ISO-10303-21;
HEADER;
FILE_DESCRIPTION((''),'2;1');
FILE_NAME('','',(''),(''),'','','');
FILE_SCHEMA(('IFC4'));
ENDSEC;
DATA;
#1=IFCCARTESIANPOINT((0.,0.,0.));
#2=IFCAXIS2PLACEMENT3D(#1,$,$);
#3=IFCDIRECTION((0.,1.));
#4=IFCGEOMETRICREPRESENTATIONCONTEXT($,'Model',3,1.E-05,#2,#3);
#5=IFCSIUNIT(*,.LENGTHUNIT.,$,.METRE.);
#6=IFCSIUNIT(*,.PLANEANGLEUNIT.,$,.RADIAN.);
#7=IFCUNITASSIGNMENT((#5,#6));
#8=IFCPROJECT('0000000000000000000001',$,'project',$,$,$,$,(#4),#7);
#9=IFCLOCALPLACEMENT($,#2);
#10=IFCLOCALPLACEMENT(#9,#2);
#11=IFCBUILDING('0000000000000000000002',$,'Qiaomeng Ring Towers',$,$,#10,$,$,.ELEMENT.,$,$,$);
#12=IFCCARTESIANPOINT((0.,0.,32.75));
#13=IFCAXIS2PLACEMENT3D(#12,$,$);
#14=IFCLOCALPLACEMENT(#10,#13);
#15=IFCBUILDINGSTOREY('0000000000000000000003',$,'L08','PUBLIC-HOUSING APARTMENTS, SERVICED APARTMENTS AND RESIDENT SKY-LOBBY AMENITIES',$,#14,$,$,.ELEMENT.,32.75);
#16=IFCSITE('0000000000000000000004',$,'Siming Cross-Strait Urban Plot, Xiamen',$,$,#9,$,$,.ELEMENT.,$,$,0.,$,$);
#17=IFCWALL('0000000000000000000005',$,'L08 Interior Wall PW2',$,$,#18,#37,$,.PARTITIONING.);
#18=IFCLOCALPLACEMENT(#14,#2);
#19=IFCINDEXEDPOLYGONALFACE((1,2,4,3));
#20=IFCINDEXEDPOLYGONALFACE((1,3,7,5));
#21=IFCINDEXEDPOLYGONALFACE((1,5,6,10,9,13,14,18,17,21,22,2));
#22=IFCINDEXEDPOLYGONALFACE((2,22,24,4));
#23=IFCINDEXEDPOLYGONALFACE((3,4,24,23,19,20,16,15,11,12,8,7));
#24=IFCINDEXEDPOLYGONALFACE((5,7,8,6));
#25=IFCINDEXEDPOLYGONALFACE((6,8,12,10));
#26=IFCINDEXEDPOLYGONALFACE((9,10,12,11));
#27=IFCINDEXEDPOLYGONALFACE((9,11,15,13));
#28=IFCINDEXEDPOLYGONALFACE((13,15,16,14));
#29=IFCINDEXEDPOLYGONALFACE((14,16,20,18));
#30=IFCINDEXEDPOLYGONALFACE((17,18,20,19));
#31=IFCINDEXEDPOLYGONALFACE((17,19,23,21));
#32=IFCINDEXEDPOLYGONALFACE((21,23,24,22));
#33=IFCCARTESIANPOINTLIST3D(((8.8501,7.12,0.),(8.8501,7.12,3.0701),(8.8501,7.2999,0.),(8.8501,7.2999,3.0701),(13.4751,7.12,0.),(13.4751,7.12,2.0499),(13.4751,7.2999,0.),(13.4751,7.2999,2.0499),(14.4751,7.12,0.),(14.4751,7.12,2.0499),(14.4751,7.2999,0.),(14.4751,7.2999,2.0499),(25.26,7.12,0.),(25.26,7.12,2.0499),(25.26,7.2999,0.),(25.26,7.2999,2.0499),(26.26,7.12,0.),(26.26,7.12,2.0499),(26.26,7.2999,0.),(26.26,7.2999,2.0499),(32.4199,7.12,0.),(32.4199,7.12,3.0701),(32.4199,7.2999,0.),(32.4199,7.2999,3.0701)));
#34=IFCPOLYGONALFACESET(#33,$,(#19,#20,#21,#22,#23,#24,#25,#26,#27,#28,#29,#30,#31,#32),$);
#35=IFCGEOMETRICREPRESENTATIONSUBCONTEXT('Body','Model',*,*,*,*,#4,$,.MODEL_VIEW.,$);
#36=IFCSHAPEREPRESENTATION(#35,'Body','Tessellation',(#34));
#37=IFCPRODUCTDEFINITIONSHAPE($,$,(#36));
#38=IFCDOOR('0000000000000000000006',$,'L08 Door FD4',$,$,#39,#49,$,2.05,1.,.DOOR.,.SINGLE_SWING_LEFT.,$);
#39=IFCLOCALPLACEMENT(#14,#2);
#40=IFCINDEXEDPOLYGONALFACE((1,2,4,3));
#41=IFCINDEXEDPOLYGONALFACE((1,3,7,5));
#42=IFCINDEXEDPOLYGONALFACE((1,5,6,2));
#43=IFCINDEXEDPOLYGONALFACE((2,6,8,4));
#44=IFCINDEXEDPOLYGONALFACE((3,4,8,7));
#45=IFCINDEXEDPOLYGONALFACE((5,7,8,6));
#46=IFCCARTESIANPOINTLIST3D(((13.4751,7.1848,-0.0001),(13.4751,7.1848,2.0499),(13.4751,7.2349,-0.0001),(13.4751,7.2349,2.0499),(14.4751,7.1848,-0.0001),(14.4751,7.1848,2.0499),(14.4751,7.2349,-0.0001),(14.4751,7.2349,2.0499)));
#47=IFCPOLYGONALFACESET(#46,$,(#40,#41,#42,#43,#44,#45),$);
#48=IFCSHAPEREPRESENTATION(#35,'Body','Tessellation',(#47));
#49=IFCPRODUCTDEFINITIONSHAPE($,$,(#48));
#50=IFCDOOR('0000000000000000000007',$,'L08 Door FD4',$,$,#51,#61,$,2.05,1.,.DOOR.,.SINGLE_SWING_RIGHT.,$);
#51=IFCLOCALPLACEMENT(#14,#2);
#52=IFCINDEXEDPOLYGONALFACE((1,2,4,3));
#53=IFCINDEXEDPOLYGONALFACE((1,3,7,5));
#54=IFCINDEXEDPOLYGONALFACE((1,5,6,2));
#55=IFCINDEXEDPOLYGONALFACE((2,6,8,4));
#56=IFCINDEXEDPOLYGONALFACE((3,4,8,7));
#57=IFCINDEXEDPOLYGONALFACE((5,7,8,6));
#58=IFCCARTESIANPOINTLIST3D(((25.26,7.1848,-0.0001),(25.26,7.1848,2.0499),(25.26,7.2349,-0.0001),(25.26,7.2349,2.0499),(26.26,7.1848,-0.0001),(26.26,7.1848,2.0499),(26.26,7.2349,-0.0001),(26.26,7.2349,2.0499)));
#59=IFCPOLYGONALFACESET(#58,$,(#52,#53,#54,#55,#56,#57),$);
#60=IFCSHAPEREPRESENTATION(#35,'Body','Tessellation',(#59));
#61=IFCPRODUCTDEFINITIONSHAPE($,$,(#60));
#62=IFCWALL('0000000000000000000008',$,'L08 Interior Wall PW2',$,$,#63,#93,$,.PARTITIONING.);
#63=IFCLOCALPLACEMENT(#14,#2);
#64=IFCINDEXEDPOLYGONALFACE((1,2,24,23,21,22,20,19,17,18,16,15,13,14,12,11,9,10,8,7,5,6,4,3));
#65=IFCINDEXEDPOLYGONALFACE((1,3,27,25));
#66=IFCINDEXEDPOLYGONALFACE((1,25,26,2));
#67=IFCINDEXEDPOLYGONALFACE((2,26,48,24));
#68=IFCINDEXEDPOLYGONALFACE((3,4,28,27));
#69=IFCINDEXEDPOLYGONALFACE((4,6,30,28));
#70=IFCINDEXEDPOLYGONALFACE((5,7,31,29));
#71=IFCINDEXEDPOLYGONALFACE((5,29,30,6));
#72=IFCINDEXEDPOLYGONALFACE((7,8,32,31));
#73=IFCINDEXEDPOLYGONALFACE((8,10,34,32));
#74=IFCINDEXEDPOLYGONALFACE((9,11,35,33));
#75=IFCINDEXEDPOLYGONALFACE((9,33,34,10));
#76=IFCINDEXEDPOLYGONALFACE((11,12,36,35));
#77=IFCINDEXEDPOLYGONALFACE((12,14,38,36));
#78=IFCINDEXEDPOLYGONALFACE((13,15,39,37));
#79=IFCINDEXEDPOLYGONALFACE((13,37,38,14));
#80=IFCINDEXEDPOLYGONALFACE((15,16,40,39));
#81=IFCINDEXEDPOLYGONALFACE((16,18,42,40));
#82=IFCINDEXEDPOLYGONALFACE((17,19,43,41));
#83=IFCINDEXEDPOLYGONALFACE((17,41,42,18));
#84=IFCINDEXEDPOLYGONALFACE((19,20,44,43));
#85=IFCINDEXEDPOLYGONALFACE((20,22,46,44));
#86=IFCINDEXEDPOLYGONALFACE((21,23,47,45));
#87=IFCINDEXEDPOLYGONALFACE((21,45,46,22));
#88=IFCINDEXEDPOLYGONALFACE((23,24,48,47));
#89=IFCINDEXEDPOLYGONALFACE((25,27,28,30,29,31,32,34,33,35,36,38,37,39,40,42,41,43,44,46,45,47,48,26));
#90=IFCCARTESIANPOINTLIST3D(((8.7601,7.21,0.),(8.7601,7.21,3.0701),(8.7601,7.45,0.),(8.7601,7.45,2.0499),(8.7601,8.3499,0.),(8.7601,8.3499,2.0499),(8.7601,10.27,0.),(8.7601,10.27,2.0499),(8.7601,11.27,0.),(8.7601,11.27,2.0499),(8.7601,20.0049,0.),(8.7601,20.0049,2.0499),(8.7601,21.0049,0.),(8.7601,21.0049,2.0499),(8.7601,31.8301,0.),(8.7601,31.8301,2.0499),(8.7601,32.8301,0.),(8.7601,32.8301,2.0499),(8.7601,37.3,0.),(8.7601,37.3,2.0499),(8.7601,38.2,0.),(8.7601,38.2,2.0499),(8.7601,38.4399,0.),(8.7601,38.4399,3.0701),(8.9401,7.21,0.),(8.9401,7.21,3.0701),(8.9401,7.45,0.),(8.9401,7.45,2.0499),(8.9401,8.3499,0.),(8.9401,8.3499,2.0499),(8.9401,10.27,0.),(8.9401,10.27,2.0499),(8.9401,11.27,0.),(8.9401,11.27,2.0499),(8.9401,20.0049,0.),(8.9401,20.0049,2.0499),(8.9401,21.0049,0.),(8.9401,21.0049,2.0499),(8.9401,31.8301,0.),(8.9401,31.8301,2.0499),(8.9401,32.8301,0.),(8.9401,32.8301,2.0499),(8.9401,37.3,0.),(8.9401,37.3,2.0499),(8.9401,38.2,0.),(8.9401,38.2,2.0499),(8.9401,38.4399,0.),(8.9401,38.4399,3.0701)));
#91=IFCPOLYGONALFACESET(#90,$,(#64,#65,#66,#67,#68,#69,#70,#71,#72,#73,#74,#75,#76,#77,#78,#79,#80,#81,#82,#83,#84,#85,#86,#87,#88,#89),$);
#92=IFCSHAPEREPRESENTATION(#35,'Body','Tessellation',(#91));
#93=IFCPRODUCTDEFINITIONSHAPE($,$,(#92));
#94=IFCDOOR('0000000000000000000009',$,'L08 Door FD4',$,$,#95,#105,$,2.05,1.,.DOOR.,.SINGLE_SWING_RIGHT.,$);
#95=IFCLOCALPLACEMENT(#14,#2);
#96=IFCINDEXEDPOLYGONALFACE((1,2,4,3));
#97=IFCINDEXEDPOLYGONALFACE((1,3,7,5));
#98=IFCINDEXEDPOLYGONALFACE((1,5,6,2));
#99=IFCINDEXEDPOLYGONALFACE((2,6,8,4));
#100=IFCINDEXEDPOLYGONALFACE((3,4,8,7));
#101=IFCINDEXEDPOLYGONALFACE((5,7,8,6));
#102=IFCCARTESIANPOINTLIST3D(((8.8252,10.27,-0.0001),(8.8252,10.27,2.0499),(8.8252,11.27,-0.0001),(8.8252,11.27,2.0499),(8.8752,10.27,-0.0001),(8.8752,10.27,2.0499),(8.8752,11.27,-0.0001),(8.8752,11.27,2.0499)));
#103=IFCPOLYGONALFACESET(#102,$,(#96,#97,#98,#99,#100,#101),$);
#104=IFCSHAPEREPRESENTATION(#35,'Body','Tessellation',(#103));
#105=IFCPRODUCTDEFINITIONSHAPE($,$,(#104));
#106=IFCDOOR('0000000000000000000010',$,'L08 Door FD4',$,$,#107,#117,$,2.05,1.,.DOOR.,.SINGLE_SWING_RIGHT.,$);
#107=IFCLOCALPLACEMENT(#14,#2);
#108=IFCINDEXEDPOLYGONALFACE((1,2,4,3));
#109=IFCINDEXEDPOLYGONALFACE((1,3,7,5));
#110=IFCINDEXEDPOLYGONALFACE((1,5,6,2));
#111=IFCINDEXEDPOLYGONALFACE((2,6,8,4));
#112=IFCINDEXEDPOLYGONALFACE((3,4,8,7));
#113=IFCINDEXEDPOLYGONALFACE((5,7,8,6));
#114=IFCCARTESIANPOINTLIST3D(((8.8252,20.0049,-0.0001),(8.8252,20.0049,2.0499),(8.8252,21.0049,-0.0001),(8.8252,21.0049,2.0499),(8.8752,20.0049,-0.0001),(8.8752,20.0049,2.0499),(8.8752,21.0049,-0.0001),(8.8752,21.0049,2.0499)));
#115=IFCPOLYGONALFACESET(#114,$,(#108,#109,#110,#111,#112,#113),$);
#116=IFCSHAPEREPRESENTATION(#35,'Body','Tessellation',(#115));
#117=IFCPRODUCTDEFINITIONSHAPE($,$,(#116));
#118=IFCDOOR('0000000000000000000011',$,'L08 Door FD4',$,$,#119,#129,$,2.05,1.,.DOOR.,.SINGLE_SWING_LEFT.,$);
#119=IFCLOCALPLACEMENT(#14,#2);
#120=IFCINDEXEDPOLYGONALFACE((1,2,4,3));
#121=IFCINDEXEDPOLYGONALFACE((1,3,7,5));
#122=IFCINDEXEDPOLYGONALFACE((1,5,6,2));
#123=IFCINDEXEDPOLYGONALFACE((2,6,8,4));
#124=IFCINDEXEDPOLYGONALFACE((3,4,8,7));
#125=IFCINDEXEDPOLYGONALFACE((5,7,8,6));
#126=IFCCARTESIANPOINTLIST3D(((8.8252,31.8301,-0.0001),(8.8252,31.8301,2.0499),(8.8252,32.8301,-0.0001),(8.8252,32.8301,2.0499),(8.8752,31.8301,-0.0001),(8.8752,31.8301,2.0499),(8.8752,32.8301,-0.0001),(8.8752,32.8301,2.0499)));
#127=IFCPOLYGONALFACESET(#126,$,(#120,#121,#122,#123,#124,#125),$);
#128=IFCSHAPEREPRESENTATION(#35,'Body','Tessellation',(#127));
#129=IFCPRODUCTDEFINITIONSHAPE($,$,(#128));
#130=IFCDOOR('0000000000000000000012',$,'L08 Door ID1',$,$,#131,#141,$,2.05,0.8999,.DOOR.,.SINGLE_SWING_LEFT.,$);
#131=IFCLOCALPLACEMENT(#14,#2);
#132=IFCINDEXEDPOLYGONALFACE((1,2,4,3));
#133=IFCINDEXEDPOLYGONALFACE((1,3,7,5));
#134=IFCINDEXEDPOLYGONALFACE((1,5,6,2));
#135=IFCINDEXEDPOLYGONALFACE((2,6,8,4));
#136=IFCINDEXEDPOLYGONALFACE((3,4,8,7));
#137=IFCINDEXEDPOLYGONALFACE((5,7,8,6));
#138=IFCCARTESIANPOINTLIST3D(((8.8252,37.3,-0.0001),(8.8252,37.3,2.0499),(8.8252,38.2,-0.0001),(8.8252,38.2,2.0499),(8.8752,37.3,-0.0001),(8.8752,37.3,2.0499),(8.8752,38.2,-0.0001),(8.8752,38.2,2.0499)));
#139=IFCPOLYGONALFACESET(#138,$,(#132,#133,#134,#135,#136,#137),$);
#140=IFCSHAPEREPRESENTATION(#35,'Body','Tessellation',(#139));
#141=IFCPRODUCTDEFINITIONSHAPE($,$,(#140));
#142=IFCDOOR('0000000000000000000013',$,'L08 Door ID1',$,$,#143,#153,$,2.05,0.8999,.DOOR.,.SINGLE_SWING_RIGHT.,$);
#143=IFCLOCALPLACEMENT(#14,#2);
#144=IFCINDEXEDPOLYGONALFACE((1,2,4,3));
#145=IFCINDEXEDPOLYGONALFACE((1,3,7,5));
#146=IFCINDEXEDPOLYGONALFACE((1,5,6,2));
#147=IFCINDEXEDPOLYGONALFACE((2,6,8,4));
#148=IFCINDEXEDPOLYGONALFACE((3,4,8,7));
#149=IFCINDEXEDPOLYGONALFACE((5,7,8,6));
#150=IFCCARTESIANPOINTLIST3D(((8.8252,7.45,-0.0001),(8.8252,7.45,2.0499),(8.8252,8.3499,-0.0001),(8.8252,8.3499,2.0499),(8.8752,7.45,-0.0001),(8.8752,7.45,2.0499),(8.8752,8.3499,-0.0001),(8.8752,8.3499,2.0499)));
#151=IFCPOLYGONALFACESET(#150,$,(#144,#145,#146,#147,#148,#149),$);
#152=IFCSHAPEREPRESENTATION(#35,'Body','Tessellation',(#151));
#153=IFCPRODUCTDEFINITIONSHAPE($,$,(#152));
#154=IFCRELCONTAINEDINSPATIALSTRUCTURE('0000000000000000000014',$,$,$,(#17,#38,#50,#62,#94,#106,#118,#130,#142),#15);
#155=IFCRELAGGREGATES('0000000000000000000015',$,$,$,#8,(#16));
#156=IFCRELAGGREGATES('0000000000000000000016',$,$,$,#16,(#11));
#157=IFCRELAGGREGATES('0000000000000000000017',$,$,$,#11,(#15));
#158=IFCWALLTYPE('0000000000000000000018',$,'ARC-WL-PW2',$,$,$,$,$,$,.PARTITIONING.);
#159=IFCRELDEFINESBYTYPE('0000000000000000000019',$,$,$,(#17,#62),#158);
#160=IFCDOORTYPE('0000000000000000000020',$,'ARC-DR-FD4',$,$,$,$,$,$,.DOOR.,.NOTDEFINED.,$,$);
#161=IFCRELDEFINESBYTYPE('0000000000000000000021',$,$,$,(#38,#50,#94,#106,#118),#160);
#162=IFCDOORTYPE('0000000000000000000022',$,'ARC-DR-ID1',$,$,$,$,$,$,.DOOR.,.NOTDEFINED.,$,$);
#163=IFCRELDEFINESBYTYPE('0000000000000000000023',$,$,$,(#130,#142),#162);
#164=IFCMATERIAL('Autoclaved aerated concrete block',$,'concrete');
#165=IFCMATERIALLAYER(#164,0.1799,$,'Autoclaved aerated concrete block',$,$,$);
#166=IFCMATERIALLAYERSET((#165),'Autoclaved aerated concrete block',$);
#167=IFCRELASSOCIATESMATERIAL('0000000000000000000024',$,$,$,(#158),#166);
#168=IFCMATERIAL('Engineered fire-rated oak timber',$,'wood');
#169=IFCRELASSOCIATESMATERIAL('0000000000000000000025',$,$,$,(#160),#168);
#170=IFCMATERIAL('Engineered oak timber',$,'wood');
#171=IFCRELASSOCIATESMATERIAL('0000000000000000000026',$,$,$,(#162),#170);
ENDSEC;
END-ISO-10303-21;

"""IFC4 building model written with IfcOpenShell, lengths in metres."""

from ifc_helpers import new_model, si_unit, direction, frame, frame_2d, origin, place, context, subcontext, project, spatial, rectangle, extrude, source, transform, mapped, material, layer, layer_set, type_object, element, fill, save


model = new_model("IFC4")

# Units and contexts
model_context = context("Model", 3, precision=1e-05, world=origin(), true_north=direction((0.0, 1.0)))
body_context = subcontext(model_context, "Body", "Model", "MODEL_VIEW")
ifc_project = project(units=[si_unit("LENGTHUNIT", "METRE"), si_unit("PLANEANGLEUNIT", "RADIAN")], contexts=[model_context])

# Site, building, storey
site_placement = place(None, origin())
site = spatial("IfcSite", under=ifc_project, at=site_placement, Name="Siming Cross-Strait Urban Plot, Xiamen", CompositionType="ELEMENT", RefElevation=0.0)
building_placement = place(site_placement, origin())
building = spatial("IfcBuilding", under=site, at=building_placement, Name="Qiaomeng Ring Towers", CompositionType="ELEMENT")
storey_placement = place(building_placement, frame((0.0, 0.0, 32.75)))
storey = spatial("IfcBuildingStorey", under=building, at=storey_placement, Name="L08", Description="PUBLIC-HOUSING APARTMENTS, SERVICED APARTMENTS AND RESIDENT SKY-LOBBY AMENITIES", CompositionType="ELEMENT", Elevation=32.75)

# Walls, openings, doors
ifc_material_1 = material(Name="Autoclaved aerated concrete block", Category="concrete")
ifc_layer_1 = layer(ifc_material_1, 0.1799, Name="Autoclaved aerated concrete block")
ifc_layer_set_1 = layer_set([ifc_layer_1], Name="Autoclaved aerated concrete block")
wall_type_1 = type_object("IfcWallType", Name="ARC-WL-PW2", PredefinedType="PARTITIONING", material=ifc_layer_set_1)
wall_1_placement = place(storey_placement, frame((8.8501, 7.21, 0.0), z_axis=(0.0, 0.0, 1.0), x_axis=(1.0, 0.0, 0.0)))
wall_1 = element("IfcWall", 1, at=wall_1_placement, inside=storey, type_object=wall_type_1, Name="L08 Interior Wall PW2", PredefinedType="PARTITIONING", context=body_context, shape_type="SweptSolid", body=[
    extrude(rectangle(XDim=23.5698, YDim=0.1799, at=frame_2d((11.7849, 0.0))), origin(), (0.0, 0.0, 1.0), 3.0701),
])
opening_1_placement = place(wall_1_placement, frame((4.625, 0.0, 0.0)))
opening_1 = element("IfcOpeningElement", 2, at=opening_1_placement, cuts=wall_1, PredefinedType="OPENING", context=body_context, shape_type="SweptSolid", body=[
    extrude(rectangle(XDim=1.0, YDim=2.05, at=frame_2d((0.5, 1.0249))), frame((0.0, 0.0999, 0.0), z_axis=(0.0, -1.0, 0.0), x_axis=(1.0, 0.0, 0.0)), (0.0, 0.0, 1.0), 0.2),
])
opening_2_placement = place(wall_1_placement, frame((16.4099, 0.0, 0.0)))
opening_2 = element("IfcOpeningElement", 3, at=opening_2_placement, cuts=wall_1, PredefinedType="OPENING", context=body_context, shape_type="SweptSolid", body=[
    extrude(rectangle(XDim=1.0, YDim=2.05, at=frame_2d((0.5, 1.0249))), frame((0.0, 0.0999, 0.0), z_axis=(0.0, -1.0, 0.0), x_axis=(1.0, 0.0, 0.0)), (0.0, 0.0, 1.0), 0.2),
])
ifc_material_2 = material(Name="Engineered fire-rated oak timber", Category="wood")
door_type_1 = type_object("IfcDoorType", Name="ARC-DR-FD4", OperationType="NOTDEFINED", PredefinedType="DOOR", material=ifc_material_2)
shared_shape_1 = source(origin(), body_context, "Body", "SweptSolid", [
    extrude(rectangle(XDim=1.0, YDim=2.05, at=frame_2d((0.5, 1.0249))), frame((0.0, 0.0249, 0.0), z_axis=(0.0, -1.0, 0.0), x_axis=(1.0, 0.0, 0.0)), (0.0, 0.0, 1.0), 0.05),
])
door_1_placement = place(opening_1_placement, origin())
door_1 = element("IfcDoor", 4, at=door_1_placement, inside=storey, type_object=door_type_1, Name="L08 Door FD4", OperationType="SINGLE_SWING_LEFT", OverallHeight=2.05, OverallWidth=1.0, PredefinedType="DOOR", context=body_context, shape_type="MappedRepresentation", body=[
    mapped(shared_shape_1, transform((0.0, 0.0, 0.0), x_axis=(1.0, 0.0, 0.0), y_axis=(0.0, 1.0, 0.0), z_axis=(0.0, 0.0, 1.0), scale=1.0)),
])
fill(opening_1, door_1)
door_2_placement = place(opening_2_placement, origin())
door_2 = element("IfcDoor", 5, at=door_2_placement, inside=storey, type_object=door_type_1, Name="L08 Door FD4", OperationType="SINGLE_SWING_RIGHT", OverallHeight=2.05, OverallWidth=1.0, PredefinedType="DOOR", context=body_context, shape_type="MappedRepresentation", body=[
    mapped(shared_shape_1, transform((0.0, 0.0, 0.0), x_axis=(1.0, 0.0, 0.0), y_axis=(0.0, 1.0, 0.0), z_axis=(0.0, 0.0, 1.0), scale=1.0)),
])
fill(opening_2, door_2)
wall_2_placement = place(storey_placement, frame((8.8501, 7.21, 0.0), z_axis=(0.0, 0.0, 1.0), x_axis=(0.0, 1.0, 0.0)))
wall_2 = element("IfcWall", 6, at=wall_2_placement, inside=storey, type_object=wall_type_1, Name="L08 Interior Wall PW2", PredefinedType="PARTITIONING", context=body_context, shape_type="SweptSolid", body=[
    extrude(rectangle(XDim=31.23, YDim=0.1799, at=frame_2d((15.615, 0.0))), origin(), (0.0, 0.0, 1.0), 3.0701),
])
opening_3_placement = place(wall_2_placement, frame((30.0901, 0.0, 0.0)))
opening_3 = element("IfcOpeningElement", 7, at=opening_3_placement, cuts=wall_2, PredefinedType="OPENING", context=body_context, shape_type="SweptSolid", body=[
    extrude(rectangle(XDim=0.8999, YDim=2.05, at=frame_2d((0.45, 1.0249))), frame((0.0, 0.0999, 0.0), z_axis=(0.0, -1.0, 0.0), x_axis=(1.0, 0.0, 0.0)), (0.0, 0.0, 1.0), 0.2),
])
opening_4_placement = place(wall_2_placement, frame((0.24, 0.0, 0.0)))
opening_4 = element("IfcOpeningElement", 8, at=opening_4_placement, cuts=wall_2, PredefinedType="OPENING", context=body_context, shape_type="SweptSolid", body=[
    extrude(rectangle(XDim=0.8999, YDim=2.05, at=frame_2d((0.45, 1.0249))), frame((0.0, 0.0999, 0.0), z_axis=(0.0, -1.0, 0.0), x_axis=(1.0, 0.0, 0.0)), (0.0, 0.0, 1.0), 0.2),
])
opening_5_placement = place(wall_2_placement, frame((3.0601, 0.0, 0.0)))
opening_5 = element("IfcOpeningElement", 9, at=opening_5_placement, cuts=wall_2, PredefinedType="OPENING", context=body_context, shape_type="SweptSolid", body=[
    extrude(rectangle(XDim=1.0, YDim=2.05, at=frame_2d((0.5, 1.0249))), frame((0.0, 0.0999, 0.0), z_axis=(0.0, -1.0, 0.0), x_axis=(1.0, 0.0, 0.0)), (0.0, 0.0, 1.0), 0.2),
])
opening_6_placement = place(wall_2_placement, frame((12.7949, 0.0, 0.0)))
opening_6 = element("IfcOpeningElement", 10, at=opening_6_placement, cuts=wall_2, PredefinedType="OPENING", context=body_context, shape_type="SweptSolid", body=[
    extrude(rectangle(XDim=1.0, YDim=2.05, at=frame_2d((0.5, 1.0249))), frame((0.0, 0.0999, 0.0), z_axis=(0.0, -1.0, 0.0), x_axis=(1.0, 0.0, 0.0)), (0.0, 0.0, 1.0), 0.2),
])
opening_7_placement = place(wall_2_placement, frame((24.6201, 0.0, 0.0)))
opening_7 = element("IfcOpeningElement", 11, at=opening_7_placement, cuts=wall_2, PredefinedType="OPENING", context=body_context, shape_type="SweptSolid", body=[
    extrude(rectangle(XDim=1.0, YDim=2.05, at=frame_2d((0.5, 1.0249))), frame((0.0, 0.0999, 0.0), z_axis=(0.0, -1.0, 0.0), x_axis=(1.0, 0.0, 0.0)), (0.0, 0.0, 1.0), 0.2),
])
door_3_placement = place(opening_5_placement, origin())
door_3 = element("IfcDoor", 12, at=door_3_placement, inside=storey, type_object=door_type_1, Name="L08 Door FD4", OperationType="SINGLE_SWING_RIGHT", OverallHeight=2.05, OverallWidth=1.0, PredefinedType="DOOR", context=body_context, shape_type="MappedRepresentation", body=[
    mapped(shared_shape_1, transform((0.0, 0.0, 0.0), x_axis=(1.0, 0.0, 0.0), y_axis=(0.0, 1.0, 0.0), z_axis=(0.0, 0.0, 1.0), scale=1.0)),
])
fill(opening_5, door_3)
door_4_placement = place(opening_6_placement, origin())
door_4 = element("IfcDoor", 13, at=door_4_placement, inside=storey, type_object=door_type_1, Name="L08 Door FD4", OperationType="SINGLE_SWING_RIGHT", OverallHeight=2.05, OverallWidth=1.0, PredefinedType="DOOR", context=body_context, shape_type="MappedRepresentation", body=[
    mapped(shared_shape_1, transform((0.0, 0.0, 0.0), x_axis=(1.0, 0.0, 0.0), y_axis=(0.0, 1.0, 0.0), z_axis=(0.0, 0.0, 1.0), scale=1.0)),
])
fill(opening_6, door_4)
door_5_placement = place(opening_7_placement, origin())
door_5 = element("IfcDoor", 14, at=door_5_placement, inside=storey, type_object=door_type_1, Name="L08 Door FD4", OperationType="SINGLE_SWING_LEFT", OverallHeight=2.05, OverallWidth=1.0, PredefinedType="DOOR", context=body_context, shape_type="MappedRepresentation", body=[
    mapped(shared_shape_1, transform((0.0, 0.0, 0.0), x_axis=(1.0, 0.0, 0.0), y_axis=(0.0, 1.0, 0.0), z_axis=(0.0, 0.0, 1.0), scale=1.0)),
])
fill(opening_7, door_5)
ifc_material_3 = material(Name="Engineered oak timber", Category="wood")
door_type_2 = type_object("IfcDoorType", Name="ARC-DR-ID1", OperationType="NOTDEFINED", PredefinedType="DOOR", material=ifc_material_3)
shared_shape_2 = source(origin(), body_context, "Body", "SweptSolid", [
    extrude(rectangle(XDim=0.8999, YDim=2.05, at=frame_2d((0.45, 1.0249))), frame((0.0, 0.0249, 0.0), z_axis=(0.0, -1.0, 0.0), x_axis=(1.0, 0.0, 0.0)), (0.0, 0.0, 1.0), 0.05),
])
door_6_placement = place(opening_3_placement, origin())
door_6 = element("IfcDoor", 15, at=door_6_placement, inside=storey, type_object=door_type_2, Name="L08 Door ID1", OperationType="SINGLE_SWING_LEFT", OverallHeight=2.05, OverallWidth=0.8999, PredefinedType="DOOR", context=body_context, shape_type="MappedRepresentation", body=[
    mapped(shared_shape_2, transform((0.0, 0.0, 0.0), x_axis=(1.0, 0.0, 0.0), y_axis=(0.0, 1.0, 0.0), z_axis=(0.0, 0.0, 1.0), scale=1.0)),
])
fill(opening_3, door_6)
door_7_placement = place(opening_4_placement, origin())
door_7 = element("IfcDoor", 16, at=door_7_placement, inside=storey, type_object=door_type_2, Name="L08 Door ID1", OperationType="SINGLE_SWING_RIGHT", OverallHeight=2.05, OverallWidth=0.8999, PredefinedType="DOOR", context=body_context, shape_type="MappedRepresentation", body=[
    mapped(shared_shape_2, transform((0.0, 0.0, 0.0), x_axis=(1.0, 0.0, 0.0), y_axis=(0.0, 1.0, 0.0), z_axis=(0.0, 0.0, 1.0), scale=1.0)),
])
fill(opening_4, door_7)

save(model, "model.ifc")
